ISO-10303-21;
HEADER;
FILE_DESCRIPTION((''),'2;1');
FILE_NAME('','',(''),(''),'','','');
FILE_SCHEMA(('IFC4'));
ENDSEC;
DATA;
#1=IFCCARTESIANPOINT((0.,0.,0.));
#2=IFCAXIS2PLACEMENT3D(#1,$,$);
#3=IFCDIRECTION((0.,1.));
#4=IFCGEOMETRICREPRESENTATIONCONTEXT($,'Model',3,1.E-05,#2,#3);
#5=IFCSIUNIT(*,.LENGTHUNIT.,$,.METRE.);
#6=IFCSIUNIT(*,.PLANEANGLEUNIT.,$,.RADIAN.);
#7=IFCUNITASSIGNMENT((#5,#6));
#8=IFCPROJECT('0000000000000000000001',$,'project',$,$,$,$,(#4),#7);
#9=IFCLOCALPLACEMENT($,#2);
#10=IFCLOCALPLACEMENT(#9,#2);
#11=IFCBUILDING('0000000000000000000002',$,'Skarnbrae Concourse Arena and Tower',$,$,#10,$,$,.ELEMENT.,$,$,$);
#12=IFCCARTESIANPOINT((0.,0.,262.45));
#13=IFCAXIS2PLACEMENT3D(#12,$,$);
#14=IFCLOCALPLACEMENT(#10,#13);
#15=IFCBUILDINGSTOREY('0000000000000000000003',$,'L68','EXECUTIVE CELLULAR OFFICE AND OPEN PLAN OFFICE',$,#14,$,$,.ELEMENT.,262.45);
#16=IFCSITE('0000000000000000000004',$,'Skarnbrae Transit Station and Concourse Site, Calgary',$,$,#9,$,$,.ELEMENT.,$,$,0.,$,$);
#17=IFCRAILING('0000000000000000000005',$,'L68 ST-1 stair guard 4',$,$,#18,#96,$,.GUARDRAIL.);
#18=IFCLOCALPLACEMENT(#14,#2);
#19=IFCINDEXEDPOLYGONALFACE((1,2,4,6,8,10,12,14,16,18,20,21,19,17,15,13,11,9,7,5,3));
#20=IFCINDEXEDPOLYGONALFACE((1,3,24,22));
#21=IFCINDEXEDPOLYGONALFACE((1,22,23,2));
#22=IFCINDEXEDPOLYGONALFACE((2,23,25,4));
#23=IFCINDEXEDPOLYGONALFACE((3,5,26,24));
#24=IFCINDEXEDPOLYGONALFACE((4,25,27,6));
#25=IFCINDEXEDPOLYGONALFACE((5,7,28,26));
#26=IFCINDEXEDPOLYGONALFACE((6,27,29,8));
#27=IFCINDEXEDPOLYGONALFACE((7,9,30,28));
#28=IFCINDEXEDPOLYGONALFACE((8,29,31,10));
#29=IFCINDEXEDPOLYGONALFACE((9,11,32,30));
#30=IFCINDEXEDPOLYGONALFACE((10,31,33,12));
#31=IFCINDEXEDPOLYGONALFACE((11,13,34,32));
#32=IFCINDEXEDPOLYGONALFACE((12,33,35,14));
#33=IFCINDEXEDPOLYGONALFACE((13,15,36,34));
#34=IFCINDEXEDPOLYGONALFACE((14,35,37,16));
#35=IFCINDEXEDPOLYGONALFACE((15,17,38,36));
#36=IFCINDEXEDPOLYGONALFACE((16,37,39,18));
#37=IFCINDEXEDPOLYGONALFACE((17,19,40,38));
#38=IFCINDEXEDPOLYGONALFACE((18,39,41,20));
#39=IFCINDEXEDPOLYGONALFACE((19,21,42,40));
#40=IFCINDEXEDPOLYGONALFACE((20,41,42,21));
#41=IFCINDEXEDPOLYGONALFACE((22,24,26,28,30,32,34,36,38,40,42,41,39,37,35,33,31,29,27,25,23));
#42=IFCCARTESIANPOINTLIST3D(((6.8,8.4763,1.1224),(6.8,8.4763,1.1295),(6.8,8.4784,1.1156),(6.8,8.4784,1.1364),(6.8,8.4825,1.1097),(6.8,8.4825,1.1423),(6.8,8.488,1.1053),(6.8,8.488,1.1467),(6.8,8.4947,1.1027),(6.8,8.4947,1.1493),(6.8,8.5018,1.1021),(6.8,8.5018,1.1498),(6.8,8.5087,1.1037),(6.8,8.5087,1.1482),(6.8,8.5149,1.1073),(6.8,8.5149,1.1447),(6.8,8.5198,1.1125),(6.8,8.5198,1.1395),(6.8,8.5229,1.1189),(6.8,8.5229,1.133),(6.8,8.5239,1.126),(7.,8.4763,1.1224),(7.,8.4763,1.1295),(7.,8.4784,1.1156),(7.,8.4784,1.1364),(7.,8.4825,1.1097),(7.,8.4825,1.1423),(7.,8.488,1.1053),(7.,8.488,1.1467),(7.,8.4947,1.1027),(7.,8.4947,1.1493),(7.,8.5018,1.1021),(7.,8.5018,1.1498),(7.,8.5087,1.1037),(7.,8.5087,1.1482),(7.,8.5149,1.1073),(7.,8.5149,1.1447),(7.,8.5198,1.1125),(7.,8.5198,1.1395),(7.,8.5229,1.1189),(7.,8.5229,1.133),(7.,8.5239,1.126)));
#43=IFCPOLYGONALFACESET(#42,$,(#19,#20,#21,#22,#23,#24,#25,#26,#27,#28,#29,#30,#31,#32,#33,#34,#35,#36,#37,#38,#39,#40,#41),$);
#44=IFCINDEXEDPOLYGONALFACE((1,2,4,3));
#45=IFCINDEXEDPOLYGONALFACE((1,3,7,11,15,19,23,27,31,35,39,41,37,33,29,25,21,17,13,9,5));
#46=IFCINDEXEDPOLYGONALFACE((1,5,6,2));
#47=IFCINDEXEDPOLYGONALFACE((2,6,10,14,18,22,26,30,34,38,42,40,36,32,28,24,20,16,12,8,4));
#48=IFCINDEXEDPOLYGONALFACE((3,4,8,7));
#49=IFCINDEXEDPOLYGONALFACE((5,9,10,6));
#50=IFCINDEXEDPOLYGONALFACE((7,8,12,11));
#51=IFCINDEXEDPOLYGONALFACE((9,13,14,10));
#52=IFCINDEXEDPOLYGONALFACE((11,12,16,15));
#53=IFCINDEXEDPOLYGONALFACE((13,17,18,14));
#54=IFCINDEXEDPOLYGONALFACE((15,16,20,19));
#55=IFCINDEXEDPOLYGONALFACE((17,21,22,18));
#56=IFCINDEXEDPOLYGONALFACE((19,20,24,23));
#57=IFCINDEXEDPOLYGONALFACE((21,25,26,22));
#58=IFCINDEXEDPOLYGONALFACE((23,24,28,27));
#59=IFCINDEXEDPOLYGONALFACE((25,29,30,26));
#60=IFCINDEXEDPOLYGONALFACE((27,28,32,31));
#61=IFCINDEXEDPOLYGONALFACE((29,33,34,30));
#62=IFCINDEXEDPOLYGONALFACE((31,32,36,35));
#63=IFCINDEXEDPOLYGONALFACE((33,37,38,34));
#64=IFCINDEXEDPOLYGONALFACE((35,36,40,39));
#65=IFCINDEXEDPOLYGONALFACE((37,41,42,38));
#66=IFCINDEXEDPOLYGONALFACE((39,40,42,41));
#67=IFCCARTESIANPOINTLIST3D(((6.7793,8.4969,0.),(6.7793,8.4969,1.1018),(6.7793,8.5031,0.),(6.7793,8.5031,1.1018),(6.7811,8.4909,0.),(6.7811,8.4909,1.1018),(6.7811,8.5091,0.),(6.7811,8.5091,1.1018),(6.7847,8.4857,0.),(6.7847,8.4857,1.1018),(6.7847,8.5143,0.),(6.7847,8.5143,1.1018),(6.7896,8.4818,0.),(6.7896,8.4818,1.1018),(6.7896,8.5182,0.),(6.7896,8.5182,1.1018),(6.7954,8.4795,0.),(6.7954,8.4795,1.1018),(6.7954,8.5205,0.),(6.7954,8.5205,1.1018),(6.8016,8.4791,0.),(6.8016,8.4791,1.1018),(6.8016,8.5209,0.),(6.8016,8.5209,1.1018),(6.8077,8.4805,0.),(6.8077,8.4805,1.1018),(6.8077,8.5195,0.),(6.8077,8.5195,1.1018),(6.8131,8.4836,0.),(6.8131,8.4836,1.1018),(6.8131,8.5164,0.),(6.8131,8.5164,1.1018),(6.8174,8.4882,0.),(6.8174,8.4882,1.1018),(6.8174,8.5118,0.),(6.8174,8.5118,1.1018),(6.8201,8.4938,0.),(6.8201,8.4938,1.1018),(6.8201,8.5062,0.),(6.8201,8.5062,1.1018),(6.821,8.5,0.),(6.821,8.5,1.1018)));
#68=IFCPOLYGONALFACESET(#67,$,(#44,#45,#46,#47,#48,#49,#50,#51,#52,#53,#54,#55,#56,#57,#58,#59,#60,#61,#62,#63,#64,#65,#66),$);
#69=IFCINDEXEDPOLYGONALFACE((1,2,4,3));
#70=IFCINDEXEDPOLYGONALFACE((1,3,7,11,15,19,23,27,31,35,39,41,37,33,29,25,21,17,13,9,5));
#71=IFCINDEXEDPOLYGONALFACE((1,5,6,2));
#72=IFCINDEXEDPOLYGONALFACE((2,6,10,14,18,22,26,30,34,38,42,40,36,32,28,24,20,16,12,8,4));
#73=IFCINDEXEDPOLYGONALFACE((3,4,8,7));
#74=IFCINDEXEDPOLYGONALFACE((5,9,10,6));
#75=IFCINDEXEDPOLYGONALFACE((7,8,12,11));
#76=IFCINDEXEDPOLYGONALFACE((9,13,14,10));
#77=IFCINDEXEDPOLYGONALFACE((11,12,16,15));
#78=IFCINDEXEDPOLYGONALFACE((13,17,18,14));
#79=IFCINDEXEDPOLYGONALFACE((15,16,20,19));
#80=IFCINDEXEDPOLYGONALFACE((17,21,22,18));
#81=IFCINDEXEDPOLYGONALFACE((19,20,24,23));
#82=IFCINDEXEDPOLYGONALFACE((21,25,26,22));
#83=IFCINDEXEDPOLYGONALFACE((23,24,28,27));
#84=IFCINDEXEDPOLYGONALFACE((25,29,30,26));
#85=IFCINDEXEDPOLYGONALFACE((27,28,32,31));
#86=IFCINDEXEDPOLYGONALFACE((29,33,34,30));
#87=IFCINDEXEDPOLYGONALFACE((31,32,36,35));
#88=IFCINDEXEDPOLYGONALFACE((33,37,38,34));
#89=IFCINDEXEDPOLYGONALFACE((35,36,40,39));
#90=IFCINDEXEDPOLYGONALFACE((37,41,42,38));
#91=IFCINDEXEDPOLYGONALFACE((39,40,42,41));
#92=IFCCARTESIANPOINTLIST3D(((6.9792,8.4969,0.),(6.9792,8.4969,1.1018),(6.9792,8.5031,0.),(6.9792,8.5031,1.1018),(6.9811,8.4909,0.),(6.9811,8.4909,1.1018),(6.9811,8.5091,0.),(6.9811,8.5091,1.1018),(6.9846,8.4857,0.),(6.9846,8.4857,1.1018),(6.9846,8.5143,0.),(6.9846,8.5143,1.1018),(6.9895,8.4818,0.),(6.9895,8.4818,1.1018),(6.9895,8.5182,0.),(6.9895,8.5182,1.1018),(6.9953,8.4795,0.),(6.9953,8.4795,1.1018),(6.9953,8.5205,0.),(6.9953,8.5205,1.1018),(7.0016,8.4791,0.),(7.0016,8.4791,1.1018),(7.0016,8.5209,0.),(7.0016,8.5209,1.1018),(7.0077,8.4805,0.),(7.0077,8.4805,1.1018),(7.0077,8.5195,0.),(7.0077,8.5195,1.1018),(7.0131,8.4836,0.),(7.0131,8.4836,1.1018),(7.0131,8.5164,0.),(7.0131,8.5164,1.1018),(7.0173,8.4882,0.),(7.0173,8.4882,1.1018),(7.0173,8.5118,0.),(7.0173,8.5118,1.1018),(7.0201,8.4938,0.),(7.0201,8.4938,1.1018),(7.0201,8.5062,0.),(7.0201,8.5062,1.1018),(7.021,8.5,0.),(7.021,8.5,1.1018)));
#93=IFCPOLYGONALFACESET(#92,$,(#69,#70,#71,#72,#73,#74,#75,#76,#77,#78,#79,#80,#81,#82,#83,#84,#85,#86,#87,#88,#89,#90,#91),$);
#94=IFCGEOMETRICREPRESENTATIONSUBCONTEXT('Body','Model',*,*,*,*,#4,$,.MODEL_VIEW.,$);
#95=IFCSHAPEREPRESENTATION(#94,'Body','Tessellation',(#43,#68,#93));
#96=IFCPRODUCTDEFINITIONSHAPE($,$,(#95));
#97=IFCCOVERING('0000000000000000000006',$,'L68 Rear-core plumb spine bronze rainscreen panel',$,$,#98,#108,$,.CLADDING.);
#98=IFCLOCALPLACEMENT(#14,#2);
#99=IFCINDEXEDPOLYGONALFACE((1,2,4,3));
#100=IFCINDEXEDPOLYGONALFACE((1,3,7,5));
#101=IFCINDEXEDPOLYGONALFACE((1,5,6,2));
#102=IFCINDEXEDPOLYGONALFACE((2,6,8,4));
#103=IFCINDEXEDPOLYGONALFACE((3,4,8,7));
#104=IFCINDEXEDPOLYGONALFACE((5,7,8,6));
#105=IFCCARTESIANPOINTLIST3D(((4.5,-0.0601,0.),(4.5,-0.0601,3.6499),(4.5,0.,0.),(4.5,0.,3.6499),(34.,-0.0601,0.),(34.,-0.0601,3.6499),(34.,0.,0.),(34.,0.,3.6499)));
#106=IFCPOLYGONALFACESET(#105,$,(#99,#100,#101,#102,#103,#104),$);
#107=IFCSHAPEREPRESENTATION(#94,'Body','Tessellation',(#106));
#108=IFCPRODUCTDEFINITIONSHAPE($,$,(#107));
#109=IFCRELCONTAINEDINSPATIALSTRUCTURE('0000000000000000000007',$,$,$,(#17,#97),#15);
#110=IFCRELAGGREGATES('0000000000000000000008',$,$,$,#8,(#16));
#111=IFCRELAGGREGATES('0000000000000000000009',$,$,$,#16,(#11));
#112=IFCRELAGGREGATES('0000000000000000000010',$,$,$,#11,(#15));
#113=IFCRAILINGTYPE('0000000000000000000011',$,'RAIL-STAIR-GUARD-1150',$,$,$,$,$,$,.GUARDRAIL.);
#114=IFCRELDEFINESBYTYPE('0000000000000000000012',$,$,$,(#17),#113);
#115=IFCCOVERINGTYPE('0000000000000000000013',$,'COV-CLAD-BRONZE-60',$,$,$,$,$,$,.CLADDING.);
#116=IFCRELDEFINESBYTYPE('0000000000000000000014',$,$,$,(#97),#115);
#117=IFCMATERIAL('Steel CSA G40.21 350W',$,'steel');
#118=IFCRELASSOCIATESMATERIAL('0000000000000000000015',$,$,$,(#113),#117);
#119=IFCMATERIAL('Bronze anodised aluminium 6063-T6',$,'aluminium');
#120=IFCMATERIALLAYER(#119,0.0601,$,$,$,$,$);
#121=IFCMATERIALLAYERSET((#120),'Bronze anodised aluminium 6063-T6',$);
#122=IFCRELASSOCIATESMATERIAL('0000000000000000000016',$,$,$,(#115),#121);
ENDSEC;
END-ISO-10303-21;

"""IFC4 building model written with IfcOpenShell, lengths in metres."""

from ifc_helpers import new_model, si_unit, direction, frame, origin, origin_2d, place, context, subcontext, project, spatial, rectangle, circle, extrude, source, transform, mapped, material, layer, layer_set, type_object, element, save


model = new_model("IFC4")

# Units and contexts
model_context = context("Model", 3, precision=1e-05, world=origin(), true_north=direction((0.0, 1.0)))
body_context = subcontext(model_context, "Body", "Model", "MODEL_VIEW")
ifc_project = project(units=[si_unit("LENGTHUNIT", "METRE"), si_unit("PLANEANGLEUNIT", "RADIAN")], contexts=[model_context])

# Site, building, storey
site_placement = place(None, origin())
site = spatial("IfcSite", under=ifc_project, at=site_placement, Name="Skarnbrae Transit Station and Concourse Site, Calgary", CompositionType="ELEMENT", RefElevation=0.0)
building_placement = place(site_placement, origin())
building = spatial("IfcBuilding", under=site, at=building_placement, Name="Skarnbrae Concourse Arena and Tower", CompositionType="ELEMENT")
storey_placement = place(building_placement, frame((0.0, 0.0, 262.45)))
storey = spatial("IfcBuildingStorey", under=building, at=storey_placement, Name="L68", Description="EXECUTIVE CELLULAR OFFICE AND OPEN PLAN OFFICE", CompositionType="ELEMENT", Elevation=262.45)

# Shared definitions
ifc_material_1 = material(Name="Steel CSA G40.21 350W", Category="steel")

# Shared definitions
ifc_material_2 = material(Name="Bronze anodised aluminium 6063-T6", Category="aluminium")

# Railing
railing_type_1 = type_object("IfcRailingType", Name="RAIL-STAIR-GUARD-1150", PredefinedType="GUARDRAIL", material=ifc_material_1)
railing_1_placement = place(storey_placement, frame((6.8, 8.5, 0.0)))
element("IfcRailing", 1, at=railing_1_placement, inside=storey, type_object=railing_type_1, Name="L68 ST-1 stair guard 4", PredefinedType="GUARDRAIL", context=body_context, shape_type="SweptSolid", body=[
    extrude(circle(Radius=0.0239, at=origin_2d()), frame((0.0, 0.0, 1.126), z_axis=(1.0, 0.0, 0.0), x_axis=(0.0, 1.0, 0.0)), (0.0, 0.0, 1.0), 0.2),
    extrude(circle(Radius=0.021, at=origin_2d()), origin(), (0.0, 0.0, 1.0), 1.1018),
    extrude(circle(Radius=0.021, at=origin_2d()), frame((0.2, 0.0, 0.0)), (0.0, 0.0, 1.0), 1.1018),
])

# Covering
ifc_layer_1 = layer(ifc_material_2, 0.0601)
ifc_layer_set_1 = layer_set([ifc_layer_1], Name="Bronze anodised aluminium 6063-T6")
covering_type = type_object("IfcCoveringType", Name="COV-CLAD-BRONZE-60", PredefinedType="CLADDING", material=ifc_layer_set_1)
shared_shape_1 = source(origin(), body_context, "Body", "SweptSolid", [
    extrude(rectangle(XDim=29.5, YDim=0.0601, at=origin_2d()), origin(), (0.0, 0.0, 1.0), 3.6499),
])
covering_placement = place(storey_placement, frame((19.25, -0.03, 0.0), z_axis=(0.0, 0.0, 1.0), x_axis=(1.0, 0.0, 0.0)))
element("IfcCovering", 2, at=covering_placement, inside=storey, type_object=covering_type, Name="L68 Rear-core plumb spine bronze rainscreen panel", PredefinedType="CLADDING", context=body_context, shape_type="MappedRepresentation", body=[
    mapped(shared_shape_1, transform((0.0, 0.0, 0.0))),
])

save(model, "model.ifc")
